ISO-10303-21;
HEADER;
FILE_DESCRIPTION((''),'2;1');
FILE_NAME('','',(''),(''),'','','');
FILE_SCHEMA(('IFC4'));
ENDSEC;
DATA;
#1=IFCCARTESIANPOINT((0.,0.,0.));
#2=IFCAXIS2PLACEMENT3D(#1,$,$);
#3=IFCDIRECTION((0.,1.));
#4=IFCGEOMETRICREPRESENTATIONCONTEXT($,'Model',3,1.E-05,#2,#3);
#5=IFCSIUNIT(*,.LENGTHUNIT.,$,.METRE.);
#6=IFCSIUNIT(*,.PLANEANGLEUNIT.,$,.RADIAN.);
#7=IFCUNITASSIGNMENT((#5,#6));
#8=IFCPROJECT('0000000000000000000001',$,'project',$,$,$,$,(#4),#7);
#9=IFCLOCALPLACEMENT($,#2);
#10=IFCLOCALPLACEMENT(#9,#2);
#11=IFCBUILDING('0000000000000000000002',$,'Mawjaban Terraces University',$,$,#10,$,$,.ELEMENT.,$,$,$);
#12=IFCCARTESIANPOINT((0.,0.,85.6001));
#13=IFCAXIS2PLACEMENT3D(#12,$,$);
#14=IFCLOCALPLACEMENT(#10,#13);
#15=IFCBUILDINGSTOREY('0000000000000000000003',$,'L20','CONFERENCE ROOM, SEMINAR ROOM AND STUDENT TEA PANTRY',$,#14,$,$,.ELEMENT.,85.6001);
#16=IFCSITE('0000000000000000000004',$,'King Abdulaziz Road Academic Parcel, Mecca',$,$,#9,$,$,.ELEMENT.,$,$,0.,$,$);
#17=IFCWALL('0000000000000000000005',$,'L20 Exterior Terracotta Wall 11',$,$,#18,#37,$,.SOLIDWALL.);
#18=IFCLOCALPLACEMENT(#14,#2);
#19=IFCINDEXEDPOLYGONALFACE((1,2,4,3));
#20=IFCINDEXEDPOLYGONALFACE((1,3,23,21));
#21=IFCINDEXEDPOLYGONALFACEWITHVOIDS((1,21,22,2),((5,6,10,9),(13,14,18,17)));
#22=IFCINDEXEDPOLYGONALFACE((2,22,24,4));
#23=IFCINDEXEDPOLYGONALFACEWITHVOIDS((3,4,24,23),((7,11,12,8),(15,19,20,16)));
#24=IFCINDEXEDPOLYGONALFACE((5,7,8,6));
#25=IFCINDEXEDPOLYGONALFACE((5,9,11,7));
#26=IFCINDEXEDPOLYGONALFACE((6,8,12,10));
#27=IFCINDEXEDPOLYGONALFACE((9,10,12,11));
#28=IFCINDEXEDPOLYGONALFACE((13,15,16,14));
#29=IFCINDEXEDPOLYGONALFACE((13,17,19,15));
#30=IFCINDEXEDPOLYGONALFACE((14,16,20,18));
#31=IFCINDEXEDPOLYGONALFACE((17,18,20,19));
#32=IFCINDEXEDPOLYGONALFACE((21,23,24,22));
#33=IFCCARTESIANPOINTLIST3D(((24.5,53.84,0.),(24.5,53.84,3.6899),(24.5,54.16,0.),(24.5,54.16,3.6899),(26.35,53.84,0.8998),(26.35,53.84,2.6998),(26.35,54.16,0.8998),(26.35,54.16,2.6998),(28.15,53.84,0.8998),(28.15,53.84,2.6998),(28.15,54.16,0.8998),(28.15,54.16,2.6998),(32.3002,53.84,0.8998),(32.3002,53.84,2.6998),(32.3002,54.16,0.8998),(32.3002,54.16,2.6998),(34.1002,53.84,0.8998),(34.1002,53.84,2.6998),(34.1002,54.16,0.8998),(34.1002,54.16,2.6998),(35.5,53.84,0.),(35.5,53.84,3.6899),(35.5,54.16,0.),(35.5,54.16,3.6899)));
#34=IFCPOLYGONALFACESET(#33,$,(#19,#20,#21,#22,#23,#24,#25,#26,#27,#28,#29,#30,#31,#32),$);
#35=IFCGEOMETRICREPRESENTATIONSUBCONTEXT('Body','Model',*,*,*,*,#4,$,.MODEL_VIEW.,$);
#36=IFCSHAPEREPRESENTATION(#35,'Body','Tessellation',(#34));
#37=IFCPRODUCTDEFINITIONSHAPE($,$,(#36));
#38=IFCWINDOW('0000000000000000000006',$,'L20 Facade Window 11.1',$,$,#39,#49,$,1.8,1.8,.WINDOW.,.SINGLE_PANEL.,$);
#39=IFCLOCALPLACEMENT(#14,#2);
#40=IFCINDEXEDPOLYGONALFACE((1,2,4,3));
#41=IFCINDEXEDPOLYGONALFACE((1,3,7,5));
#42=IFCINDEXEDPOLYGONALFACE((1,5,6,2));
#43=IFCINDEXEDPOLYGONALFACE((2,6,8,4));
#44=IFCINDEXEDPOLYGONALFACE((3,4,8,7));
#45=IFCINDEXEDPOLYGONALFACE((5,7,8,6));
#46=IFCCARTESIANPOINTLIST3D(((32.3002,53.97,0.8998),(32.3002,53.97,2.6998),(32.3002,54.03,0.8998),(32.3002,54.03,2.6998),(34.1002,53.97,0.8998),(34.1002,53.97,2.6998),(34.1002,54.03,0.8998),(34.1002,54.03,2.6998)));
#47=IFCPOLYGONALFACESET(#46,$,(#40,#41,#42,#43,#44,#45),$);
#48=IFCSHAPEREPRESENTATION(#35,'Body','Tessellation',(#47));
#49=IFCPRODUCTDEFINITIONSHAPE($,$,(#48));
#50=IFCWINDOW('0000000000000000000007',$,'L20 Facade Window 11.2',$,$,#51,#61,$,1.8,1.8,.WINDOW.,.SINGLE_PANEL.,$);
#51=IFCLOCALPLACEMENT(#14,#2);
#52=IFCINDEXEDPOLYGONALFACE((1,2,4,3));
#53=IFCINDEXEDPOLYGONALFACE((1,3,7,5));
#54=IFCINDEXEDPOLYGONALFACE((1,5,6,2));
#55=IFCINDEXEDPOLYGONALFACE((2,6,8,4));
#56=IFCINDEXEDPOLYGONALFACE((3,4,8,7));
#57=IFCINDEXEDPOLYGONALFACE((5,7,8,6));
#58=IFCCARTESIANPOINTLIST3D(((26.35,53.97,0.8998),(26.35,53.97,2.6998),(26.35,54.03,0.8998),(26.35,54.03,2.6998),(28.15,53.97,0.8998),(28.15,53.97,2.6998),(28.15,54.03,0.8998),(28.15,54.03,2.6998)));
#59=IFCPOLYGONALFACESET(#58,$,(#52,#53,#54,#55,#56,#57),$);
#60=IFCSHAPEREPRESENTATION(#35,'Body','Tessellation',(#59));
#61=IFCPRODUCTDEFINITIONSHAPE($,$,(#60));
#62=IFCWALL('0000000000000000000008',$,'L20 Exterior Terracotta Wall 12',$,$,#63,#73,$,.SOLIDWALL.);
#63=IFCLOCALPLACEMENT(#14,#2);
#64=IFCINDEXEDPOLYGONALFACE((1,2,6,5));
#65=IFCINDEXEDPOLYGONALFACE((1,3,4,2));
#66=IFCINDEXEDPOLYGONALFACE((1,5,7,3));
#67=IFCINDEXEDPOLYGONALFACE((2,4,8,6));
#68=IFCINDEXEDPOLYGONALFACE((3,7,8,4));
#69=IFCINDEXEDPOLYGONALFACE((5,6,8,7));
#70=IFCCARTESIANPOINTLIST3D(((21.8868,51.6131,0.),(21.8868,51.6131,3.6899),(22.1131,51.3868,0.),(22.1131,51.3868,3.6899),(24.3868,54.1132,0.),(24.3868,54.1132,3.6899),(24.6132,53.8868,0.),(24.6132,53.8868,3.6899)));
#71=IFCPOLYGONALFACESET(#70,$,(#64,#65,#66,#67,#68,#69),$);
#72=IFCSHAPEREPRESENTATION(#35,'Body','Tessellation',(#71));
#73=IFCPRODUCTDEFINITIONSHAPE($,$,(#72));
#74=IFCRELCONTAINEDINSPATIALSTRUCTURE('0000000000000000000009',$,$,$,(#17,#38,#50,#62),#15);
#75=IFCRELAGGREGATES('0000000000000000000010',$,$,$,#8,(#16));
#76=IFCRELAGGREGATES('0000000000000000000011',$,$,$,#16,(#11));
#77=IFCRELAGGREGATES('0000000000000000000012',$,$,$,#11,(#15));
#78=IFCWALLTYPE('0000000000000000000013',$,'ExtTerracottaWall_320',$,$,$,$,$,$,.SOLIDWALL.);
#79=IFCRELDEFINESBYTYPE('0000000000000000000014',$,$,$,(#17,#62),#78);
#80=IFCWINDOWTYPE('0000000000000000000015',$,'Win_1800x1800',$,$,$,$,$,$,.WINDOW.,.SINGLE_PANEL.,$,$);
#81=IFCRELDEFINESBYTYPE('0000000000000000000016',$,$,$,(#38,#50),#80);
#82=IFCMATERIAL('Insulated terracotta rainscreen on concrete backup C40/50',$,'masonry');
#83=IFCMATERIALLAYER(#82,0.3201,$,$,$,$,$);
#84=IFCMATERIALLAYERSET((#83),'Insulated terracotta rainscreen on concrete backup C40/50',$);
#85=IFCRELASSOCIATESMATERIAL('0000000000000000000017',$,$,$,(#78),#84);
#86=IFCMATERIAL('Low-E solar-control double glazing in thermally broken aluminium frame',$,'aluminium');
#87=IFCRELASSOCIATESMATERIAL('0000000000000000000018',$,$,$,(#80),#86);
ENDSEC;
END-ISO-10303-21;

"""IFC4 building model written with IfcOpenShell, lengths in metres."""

from ifc_helpers import new_model, si_unit, direction, frame, frame_2d, origin, place, context, subcontext, project, spatial, rectangle, extrude, material, layer, layer_set, type_object, element, fill, save


model = new_model("IFC4")

# Units and contexts
model_context = context("Model", 3, precision=1e-05, world=origin(), true_north=direction((0.0, 1.0)))
body_context = subcontext(model_context, "Body", "Model", "MODEL_VIEW")
ifc_project = project(units=[si_unit("LENGTHUNIT", "METRE"), si_unit("PLANEANGLEUNIT", "RADIAN")], contexts=[model_context])

# Site, building, storey
site_placement = place(None, origin())
site = spatial("IfcSite", under=ifc_project, at=site_placement, Name="King Abdulaziz Road Academic Parcel, Mecca", CompositionType="ELEMENT", RefElevation=0.0)
building_placement = place(site_placement, origin())
building = spatial("IfcBuilding", under=site, at=building_placement, Name="Mawjaban Terraces University", CompositionType="ELEMENT")
storey_placement = place(building_placement, frame((0.0, 0.0, 85.6001)))
storey = spatial("IfcBuildingStorey", under=building, at=storey_placement, Name="L20", Description="CONFERENCE ROOM, SEMINAR ROOM AND STUDENT TEA PANTRY", CompositionType="ELEMENT", Elevation=85.6001)

# Wall, openings, windows
ifc_material_1 = material(Name="Insulated terracotta rainscreen on concrete backup C40/50", Category="masonry")
ifc_layer_1 = layer(ifc_material_1, 0.3201)
ifc_layer_set_1 = layer_set([ifc_layer_1], Name="Insulated terracotta rainscreen on concrete backup C40/50")
wall_type_1 = type_object("IfcWallType", Name="ExtTerracottaWall_320", PredefinedType="SOLIDWALL", material=ifc_layer_set_1)
wall_1_placement = place(storey_placement, frame((35.5, 54.0, 0.0), z_axis=(0.0, 0.0, 1.0), x_axis=(-1.0, 0.0, 0.0)))
wall_1 = element("IfcWall", 1, at=wall_1_placement, inside=storey, type_object=wall_type_1, Name="L20 Exterior Terracotta Wall 11", PredefinedType="SOLIDWALL", context=body_context, shape_type="SweptSolid", body=[
    extrude(rectangle(XDim=11.0, YDim=0.3201, at=frame_2d((5.5, 0.0))), origin(), (0.0, 0.0, 1.0), 3.6899),
])
opening_1_placement = place(wall_1_placement, frame((1.3999, 0.0, 0.8999)))
opening_1 = element("IfcOpeningElement", 2, at=opening_1_placement, cuts=wall_1, PredefinedType="OPENING", context=body_context, shape_type="SweptSolid", body=[
    extrude(rectangle(XDim=1.8, YDim=1.8, at=frame_2d((0.8999, 0.8999))), frame((0.0, 0.1699, 0.0), z_axis=(0.0, -1.0, 0.0), x_axis=(1.0, 0.0, 0.0)), (0.0, 0.0, 1.0), 0.3401),
])
opening_2_placement = place(wall_1_placement, frame((7.3501, 0.0, 0.8999)))
opening_2 = element("IfcOpeningElement", 3, at=opening_2_placement, cuts=wall_1, PredefinedType="OPENING", context=body_context, shape_type="SweptSolid", body=[
    extrude(rectangle(XDim=1.8, YDim=1.8, at=frame_2d((0.8999, 0.8999))), frame((0.0, 0.1699, 0.0), z_axis=(0.0, -1.0, 0.0), x_axis=(1.0, 0.0, 0.0)), (0.0, 0.0, 1.0), 0.3401),
])
ifc_material_2 = material(Name="Low-E solar-control double glazing in thermally broken aluminium frame", Category="aluminium")
window_type_1 = type_object("IfcWindowType", Name="Win_1800x1800", PartitioningType="SINGLE_PANEL", PredefinedType="WINDOW", material=ifc_material_2)
window_1_placement = place(opening_1_placement, origin())
window_1 = element("IfcWindow", 4, at=window_1_placement, inside=storey, type_object=window_type_1, Name="L20 Facade Window 11.1", OverallHeight=1.8, OverallWidth=1.8, PartitioningType="SINGLE_PANEL", PredefinedType="WINDOW", context=body_context, shape_type="SweptSolid", body=[
    extrude(rectangle(XDim=1.8, YDim=1.8, at=frame_2d((0.8999, 0.8999))), frame((0.0, 0.03, 0.0), z_axis=(0.0, -1.0, 0.0), x_axis=(1.0, 0.0, 0.0)), (0.0, 0.0, 1.0), 0.0601),
])
fill(opening_1, window_1)
window_2_placement = place(opening_2_placement, origin())
window_2 = element("IfcWindow", 5, at=window_2_placement, inside=storey, type_object=window_type_1, Name="L20 Facade Window 11.2", OverallHeight=1.8, OverallWidth=1.8, PartitioningType="SINGLE_PANEL", PredefinedType="WINDOW", context=body_context, shape_type="SweptSolid", body=[
    extrude(rectangle(XDim=1.8, YDim=1.8, at=frame_2d((0.8999, 0.8999))), frame((0.0, 0.03, 0.0), z_axis=(0.0, -1.0, 0.0), x_axis=(1.0, 0.0, 0.0)), (0.0, 0.0, 1.0), 0.0601),
])
fill(opening_2, window_2)

# Wall
wall_2_placement = place(storey_placement, frame((24.5, 54.0, 0.0), z_axis=(0.0, 0.0, 1.0), x_axis=(-0.707107, -0.707107, 0.0)))
element("IfcWall", 6, at=wall_2_placement, inside=storey, type_object=wall_type_1, Name="L20 Exterior Terracotta Wall 12", PredefinedType="SOLIDWALL", context=body_context, shape_type="SweptSolid", body=[
    extrude(rectangle(XDim=3.5356, YDim=0.3201, at=frame_2d((1.7678, 0.0))), origin(), (0.0, 0.0, 1.0), 3.6899),
])

save(model, "model.ifc")
